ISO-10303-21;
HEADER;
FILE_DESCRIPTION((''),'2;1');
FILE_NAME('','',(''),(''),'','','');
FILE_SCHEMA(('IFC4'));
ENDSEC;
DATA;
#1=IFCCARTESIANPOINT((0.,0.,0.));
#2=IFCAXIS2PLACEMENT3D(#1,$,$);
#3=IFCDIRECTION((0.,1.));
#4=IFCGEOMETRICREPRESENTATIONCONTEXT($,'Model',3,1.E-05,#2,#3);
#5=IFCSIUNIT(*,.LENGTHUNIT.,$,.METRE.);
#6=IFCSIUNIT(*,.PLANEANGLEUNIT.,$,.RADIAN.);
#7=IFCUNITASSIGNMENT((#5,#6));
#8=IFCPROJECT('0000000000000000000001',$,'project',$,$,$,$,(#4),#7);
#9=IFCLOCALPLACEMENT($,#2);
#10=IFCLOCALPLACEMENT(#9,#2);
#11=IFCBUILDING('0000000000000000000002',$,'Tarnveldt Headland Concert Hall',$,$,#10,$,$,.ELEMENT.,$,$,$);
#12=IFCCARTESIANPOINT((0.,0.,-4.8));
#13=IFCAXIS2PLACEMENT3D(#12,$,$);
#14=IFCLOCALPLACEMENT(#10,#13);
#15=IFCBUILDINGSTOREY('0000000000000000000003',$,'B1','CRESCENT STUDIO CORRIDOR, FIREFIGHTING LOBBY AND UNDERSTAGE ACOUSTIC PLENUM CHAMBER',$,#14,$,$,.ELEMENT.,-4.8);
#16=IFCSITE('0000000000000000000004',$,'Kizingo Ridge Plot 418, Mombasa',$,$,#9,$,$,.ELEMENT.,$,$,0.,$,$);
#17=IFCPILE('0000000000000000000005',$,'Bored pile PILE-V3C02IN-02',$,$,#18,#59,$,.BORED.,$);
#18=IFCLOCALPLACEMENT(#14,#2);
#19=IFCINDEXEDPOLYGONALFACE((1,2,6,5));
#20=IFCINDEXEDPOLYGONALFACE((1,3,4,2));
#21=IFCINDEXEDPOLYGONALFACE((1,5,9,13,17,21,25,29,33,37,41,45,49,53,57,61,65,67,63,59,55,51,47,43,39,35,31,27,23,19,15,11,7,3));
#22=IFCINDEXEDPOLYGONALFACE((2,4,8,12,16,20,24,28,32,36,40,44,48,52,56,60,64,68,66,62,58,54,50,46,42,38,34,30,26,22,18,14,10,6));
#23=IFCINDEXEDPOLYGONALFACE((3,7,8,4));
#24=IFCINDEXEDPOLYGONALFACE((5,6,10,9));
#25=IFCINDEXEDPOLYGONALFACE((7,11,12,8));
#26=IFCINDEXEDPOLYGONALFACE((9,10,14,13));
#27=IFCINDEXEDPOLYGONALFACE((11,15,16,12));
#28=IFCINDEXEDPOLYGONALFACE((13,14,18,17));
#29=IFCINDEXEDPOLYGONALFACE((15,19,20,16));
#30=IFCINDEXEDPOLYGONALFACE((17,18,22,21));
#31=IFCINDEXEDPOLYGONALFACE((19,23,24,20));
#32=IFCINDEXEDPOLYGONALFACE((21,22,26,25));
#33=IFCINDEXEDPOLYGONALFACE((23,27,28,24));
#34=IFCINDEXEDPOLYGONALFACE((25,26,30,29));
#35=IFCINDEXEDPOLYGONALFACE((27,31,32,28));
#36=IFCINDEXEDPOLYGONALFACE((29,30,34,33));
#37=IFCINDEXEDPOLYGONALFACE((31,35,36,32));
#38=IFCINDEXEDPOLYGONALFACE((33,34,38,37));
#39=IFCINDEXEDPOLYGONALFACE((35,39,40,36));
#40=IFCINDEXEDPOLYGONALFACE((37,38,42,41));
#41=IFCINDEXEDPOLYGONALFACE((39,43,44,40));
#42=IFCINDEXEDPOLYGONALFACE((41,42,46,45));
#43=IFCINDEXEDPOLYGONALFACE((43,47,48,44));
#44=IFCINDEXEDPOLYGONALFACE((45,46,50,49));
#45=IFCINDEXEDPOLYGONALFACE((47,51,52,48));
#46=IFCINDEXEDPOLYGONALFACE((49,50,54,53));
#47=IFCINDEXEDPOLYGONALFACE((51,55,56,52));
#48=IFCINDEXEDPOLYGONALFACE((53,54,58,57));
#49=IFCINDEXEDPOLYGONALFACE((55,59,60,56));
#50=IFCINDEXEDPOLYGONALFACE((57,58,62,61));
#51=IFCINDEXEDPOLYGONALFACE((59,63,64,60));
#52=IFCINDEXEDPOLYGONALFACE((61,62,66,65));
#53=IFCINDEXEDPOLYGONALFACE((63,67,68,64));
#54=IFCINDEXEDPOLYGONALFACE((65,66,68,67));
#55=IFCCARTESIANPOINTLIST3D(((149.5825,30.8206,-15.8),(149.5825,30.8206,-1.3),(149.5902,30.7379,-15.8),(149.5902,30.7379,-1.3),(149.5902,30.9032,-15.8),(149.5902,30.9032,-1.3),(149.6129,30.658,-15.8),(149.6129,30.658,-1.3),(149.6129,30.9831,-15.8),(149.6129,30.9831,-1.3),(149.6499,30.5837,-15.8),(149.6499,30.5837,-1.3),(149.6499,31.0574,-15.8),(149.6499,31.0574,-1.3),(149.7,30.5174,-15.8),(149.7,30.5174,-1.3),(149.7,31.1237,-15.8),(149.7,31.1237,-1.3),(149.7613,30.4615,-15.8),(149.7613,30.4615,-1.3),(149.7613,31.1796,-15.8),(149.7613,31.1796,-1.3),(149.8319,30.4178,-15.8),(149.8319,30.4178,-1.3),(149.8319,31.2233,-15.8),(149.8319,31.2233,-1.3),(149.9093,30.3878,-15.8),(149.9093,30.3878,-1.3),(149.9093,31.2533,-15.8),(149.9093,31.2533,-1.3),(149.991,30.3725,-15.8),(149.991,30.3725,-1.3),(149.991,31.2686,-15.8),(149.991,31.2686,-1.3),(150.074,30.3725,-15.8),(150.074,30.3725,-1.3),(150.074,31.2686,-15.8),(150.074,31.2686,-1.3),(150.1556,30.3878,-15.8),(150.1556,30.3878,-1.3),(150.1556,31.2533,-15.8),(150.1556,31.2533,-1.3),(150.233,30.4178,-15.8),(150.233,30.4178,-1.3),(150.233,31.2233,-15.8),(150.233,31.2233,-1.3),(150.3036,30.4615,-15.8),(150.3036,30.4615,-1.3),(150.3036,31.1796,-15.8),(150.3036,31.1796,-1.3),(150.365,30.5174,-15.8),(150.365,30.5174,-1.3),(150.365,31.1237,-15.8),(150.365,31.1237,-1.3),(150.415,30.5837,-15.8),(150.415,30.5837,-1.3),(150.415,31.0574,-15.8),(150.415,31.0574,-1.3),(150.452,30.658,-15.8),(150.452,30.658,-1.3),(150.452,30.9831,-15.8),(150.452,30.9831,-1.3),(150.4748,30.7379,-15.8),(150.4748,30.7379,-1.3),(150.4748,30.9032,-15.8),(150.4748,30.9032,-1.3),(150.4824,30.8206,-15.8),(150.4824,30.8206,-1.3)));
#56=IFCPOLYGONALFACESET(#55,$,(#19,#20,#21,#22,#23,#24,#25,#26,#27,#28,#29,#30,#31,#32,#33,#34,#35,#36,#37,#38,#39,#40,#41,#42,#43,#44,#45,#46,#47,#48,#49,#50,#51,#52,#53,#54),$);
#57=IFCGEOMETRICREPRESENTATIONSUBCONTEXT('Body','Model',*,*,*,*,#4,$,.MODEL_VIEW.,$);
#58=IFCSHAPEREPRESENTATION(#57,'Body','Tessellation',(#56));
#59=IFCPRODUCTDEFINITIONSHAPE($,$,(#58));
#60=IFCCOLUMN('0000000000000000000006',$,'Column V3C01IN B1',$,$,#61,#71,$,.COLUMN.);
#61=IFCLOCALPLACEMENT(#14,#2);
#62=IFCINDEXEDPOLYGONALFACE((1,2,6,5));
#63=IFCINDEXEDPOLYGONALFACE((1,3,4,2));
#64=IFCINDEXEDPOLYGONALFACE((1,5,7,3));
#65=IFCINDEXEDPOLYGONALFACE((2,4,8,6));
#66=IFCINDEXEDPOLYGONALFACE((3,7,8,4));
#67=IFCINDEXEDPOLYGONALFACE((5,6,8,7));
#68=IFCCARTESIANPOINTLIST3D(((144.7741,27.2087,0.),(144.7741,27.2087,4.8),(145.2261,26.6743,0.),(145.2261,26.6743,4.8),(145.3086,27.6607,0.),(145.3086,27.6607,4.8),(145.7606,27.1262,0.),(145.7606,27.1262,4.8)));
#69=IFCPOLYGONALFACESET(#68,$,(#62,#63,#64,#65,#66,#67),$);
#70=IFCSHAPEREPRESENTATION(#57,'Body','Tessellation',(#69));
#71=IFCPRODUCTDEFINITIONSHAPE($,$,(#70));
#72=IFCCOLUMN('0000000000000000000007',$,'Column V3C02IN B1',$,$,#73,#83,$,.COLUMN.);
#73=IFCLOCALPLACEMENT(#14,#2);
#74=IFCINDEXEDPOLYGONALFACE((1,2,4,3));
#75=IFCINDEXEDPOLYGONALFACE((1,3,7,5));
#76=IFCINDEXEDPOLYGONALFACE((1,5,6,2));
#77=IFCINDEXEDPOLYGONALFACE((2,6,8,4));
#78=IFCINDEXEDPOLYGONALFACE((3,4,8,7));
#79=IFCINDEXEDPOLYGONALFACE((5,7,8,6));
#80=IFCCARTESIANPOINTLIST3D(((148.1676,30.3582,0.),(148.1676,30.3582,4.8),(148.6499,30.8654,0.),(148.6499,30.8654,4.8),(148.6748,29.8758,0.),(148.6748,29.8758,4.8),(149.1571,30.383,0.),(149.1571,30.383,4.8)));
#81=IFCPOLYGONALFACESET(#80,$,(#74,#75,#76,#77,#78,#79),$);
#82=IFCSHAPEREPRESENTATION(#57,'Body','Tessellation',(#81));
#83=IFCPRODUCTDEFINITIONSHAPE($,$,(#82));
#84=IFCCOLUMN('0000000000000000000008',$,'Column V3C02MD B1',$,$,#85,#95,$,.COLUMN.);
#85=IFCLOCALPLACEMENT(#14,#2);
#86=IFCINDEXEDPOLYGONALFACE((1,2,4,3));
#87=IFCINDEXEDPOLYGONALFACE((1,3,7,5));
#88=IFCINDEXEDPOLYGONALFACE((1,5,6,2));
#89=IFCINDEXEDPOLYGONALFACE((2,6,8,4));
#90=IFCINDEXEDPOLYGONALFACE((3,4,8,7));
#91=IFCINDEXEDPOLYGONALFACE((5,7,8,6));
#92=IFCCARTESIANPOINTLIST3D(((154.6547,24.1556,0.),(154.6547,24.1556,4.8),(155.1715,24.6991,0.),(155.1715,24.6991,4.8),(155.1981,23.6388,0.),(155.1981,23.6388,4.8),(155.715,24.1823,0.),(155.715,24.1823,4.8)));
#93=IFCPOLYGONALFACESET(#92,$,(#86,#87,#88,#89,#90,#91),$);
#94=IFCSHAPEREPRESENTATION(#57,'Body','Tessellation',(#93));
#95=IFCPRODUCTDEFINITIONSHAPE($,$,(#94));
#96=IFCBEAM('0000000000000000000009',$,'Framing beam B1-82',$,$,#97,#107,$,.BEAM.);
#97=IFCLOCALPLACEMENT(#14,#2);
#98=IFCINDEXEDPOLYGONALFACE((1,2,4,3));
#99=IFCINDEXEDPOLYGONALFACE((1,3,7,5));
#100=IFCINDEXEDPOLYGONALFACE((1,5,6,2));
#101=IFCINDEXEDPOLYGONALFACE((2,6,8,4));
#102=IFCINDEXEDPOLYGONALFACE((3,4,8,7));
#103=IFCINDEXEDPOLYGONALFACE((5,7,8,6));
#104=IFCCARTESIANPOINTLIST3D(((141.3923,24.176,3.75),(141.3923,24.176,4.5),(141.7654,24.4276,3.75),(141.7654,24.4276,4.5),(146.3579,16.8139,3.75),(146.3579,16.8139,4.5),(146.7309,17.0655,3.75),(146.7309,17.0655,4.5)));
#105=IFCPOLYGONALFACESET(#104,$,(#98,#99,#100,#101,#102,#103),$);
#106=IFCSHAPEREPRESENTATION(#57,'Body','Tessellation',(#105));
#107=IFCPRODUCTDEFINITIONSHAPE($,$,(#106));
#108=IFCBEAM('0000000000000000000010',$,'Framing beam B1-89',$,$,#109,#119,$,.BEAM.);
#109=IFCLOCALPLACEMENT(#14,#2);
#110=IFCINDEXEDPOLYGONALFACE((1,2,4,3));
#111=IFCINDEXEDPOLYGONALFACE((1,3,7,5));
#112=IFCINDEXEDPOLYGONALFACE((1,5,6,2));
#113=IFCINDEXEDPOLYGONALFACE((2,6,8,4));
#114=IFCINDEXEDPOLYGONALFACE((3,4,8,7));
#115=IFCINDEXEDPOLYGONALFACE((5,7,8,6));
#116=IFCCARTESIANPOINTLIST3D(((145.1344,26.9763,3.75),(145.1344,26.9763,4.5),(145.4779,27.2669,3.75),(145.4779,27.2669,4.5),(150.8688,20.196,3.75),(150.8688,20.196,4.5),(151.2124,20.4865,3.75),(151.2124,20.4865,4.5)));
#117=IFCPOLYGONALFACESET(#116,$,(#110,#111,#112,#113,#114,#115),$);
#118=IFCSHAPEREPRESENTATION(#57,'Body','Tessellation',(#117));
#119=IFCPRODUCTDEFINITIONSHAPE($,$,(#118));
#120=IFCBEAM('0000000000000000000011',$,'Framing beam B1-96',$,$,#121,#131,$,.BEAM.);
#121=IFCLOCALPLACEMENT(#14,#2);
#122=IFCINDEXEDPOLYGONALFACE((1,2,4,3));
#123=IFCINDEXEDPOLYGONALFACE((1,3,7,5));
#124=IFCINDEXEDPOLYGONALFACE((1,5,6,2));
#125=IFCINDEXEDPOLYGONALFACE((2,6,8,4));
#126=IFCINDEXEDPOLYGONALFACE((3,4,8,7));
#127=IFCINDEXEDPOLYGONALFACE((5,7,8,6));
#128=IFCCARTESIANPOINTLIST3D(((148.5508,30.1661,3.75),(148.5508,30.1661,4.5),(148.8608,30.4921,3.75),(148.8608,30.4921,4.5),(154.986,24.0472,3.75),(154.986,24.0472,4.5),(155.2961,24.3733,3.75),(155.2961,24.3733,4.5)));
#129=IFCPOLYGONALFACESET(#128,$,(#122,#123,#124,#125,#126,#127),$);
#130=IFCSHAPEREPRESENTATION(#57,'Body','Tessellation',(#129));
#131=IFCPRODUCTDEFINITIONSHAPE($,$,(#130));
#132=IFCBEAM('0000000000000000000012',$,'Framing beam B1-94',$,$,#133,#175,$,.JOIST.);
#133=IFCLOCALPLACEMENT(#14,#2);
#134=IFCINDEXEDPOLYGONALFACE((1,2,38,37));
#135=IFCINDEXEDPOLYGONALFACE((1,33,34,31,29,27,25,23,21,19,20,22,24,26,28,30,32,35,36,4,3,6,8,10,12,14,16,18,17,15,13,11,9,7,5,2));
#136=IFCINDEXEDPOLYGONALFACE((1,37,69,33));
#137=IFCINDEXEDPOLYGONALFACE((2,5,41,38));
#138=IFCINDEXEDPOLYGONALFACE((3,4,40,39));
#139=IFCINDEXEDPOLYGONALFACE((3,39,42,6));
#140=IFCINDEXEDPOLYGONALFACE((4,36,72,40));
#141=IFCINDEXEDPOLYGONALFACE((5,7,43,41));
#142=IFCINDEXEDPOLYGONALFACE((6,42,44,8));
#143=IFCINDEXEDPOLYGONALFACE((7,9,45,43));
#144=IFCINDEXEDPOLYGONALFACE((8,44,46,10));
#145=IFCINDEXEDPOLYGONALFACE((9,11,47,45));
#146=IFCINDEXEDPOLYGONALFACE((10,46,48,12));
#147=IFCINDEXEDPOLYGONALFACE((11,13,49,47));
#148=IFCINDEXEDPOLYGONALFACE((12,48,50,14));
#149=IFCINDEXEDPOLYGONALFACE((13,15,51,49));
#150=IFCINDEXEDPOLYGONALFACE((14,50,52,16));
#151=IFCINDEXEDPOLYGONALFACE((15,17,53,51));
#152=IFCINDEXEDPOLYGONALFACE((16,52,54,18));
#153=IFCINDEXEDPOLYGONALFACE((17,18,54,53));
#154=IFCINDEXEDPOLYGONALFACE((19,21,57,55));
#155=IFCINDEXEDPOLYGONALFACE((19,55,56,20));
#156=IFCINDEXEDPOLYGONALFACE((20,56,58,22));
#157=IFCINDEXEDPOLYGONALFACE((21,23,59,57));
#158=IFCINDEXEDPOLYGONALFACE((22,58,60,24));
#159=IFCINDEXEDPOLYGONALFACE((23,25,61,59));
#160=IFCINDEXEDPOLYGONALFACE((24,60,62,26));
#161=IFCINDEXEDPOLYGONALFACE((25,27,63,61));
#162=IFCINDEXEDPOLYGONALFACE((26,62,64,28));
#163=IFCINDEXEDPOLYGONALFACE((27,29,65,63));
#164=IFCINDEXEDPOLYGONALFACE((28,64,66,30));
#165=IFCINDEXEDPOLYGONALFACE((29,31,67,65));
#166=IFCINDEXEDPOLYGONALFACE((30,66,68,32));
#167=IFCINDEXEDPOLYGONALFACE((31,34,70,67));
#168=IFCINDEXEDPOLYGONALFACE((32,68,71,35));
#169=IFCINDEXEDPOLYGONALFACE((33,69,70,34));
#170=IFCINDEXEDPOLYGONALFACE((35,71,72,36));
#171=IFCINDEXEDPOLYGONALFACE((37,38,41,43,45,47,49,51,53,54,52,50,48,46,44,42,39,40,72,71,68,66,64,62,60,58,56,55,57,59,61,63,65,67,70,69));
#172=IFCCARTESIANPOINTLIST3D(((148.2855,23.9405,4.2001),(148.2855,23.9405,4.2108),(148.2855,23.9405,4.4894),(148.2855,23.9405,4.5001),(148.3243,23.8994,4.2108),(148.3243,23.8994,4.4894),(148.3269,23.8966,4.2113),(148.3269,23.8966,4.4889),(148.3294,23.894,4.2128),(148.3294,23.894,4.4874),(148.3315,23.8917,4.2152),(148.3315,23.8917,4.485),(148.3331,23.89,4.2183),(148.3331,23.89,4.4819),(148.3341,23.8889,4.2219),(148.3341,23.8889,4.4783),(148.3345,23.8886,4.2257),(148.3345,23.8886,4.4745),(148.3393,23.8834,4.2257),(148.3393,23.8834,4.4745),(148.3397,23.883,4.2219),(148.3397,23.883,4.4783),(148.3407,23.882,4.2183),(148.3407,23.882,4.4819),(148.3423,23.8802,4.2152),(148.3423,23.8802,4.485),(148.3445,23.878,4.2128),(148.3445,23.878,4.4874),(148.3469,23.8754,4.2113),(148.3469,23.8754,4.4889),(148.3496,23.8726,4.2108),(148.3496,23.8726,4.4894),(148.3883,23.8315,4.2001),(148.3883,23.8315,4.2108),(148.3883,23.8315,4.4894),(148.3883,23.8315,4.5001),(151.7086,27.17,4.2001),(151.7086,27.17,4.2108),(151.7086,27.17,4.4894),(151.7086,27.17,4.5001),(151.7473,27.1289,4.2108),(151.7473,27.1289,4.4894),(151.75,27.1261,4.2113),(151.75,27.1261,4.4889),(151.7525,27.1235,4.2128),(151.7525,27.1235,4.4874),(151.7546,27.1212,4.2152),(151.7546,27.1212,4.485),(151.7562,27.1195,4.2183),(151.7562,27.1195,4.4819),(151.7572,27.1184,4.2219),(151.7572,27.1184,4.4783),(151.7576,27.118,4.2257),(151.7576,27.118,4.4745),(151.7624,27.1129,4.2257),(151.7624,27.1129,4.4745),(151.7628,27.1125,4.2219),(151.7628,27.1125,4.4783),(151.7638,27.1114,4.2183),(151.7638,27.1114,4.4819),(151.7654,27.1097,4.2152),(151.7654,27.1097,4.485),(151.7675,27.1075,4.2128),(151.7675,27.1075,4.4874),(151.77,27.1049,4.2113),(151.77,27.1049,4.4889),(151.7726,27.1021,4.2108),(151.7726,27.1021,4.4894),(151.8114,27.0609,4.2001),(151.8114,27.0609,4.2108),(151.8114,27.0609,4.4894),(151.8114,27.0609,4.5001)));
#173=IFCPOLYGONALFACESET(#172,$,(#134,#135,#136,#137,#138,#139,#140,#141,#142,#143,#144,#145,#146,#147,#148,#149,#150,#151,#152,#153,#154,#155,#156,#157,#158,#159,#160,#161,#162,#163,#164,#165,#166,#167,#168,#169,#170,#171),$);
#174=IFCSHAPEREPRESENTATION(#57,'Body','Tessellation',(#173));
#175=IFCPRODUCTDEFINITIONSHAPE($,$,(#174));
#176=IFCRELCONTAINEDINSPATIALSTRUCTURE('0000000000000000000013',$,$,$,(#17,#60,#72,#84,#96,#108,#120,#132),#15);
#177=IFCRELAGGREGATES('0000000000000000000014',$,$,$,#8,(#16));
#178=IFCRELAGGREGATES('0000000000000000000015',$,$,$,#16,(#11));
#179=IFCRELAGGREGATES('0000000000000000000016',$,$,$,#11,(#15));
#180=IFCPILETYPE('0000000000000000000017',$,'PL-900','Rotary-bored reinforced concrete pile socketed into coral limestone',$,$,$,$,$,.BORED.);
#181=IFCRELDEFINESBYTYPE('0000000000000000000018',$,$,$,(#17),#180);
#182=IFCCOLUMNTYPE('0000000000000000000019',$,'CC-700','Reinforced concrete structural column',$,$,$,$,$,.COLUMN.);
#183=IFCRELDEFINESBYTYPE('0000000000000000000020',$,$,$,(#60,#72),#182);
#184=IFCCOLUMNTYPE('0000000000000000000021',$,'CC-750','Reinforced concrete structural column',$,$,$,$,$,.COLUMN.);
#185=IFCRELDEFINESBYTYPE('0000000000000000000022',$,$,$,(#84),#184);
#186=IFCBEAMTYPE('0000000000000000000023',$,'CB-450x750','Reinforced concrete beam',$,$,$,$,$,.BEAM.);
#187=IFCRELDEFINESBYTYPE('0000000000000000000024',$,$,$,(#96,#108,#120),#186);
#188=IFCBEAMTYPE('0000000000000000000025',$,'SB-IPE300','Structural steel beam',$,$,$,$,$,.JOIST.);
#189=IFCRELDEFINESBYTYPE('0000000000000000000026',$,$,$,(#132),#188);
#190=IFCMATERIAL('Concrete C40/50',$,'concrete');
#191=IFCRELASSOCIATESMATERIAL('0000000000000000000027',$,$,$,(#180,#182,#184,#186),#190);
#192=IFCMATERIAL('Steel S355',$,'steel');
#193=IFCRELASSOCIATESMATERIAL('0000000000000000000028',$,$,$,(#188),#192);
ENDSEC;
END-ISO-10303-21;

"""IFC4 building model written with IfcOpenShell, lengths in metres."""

from ifc_helpers import new_model, si_unit, direction, frame, origin, origin_2d, place, context, subcontext, project, spatial, rectangle, circle, i_section, extrude, material, material_profile, profile_set, type_object, element, save


model = new_model("IFC4")

# Units and contexts
model_context = context("Model", 3, precision=1e-05, world=origin(), true_north=direction((0.0, 1.0)))
body_context = subcontext(model_context, "Body", "Model", "MODEL_VIEW")
ifc_project = project(units=[si_unit("LENGTHUNIT", "METRE"), si_unit("PLANEANGLEUNIT", "RADIAN")], contexts=[model_context])

# Site, building, storey
site_placement = place(None, origin())
site = spatial("IfcSite", under=ifc_project, at=site_placement, Name="Kizingo Ridge Plot 418, Mombasa", CompositionType="ELEMENT", RefElevation=0.0)
building_placement = place(site_placement, origin())
building = spatial("IfcBuilding", under=site, at=building_placement, Name="Tarnveldt Headland Concert Hall", CompositionType="ELEMENT")
storey_placement = place(building_placement, frame((0.0, 0.0, -4.8)))
storey = spatial("IfcBuildingStorey", under=building, at=storey_placement, Name="B1", Description="CRESCENT STUDIO CORRIDOR, FIREFIGHTING LOBBY AND UNDERSTAGE ACOUSTIC PLENUM CHAMBER", CompositionType="ELEMENT", Elevation=-4.8)

# Shared definitions
ifc_material_1 = material(Name="Concrete C40/50", Category="concrete")

# Pile
ifc_material_profile_1 = material_profile(ifc_material_1, circle(Radius=0.45, at=origin_2d()), Name="BORED PILE D900", Category="concrete")
ifc_profile_set_1 = profile_set([ifc_material_profile_1], Name="Concrete C40/50")
pile_type = type_object("IfcPileType", Name="PL-900", Description="Rotary-bored reinforced concrete pile socketed into coral limestone", PredefinedType="BORED", material=ifc_profile_set_1)
for number, where, z_axis, x_axis, name in (
    (1, (150.0325, 30.8206, -1.3), (0.0, 0.0, -1.0), (1.0, 0.0, 0.0), "Bored pile PILE-V3C02IN-02"),
):
    element("IfcPile", number, at=place(storey_placement, frame(where, z_axis=z_axis, x_axis=x_axis)), inside=storey, type_object=pile_type, Name=name, PredefinedType="BORED", context=body_context, shape_type="SweptSolid", body=[
        extrude(circle(Radius=0.45, at=origin_2d()), origin(), (0.0, 0.0, 1.0), 14.5),
    ])

# Columns
ifc_material_profile_2 = material_profile(ifc_material_1, rectangle(XDim=0.7, YDim=0.7, at=origin_2d()), Name="RC 700x700", Category="concrete")
ifc_profile_set_2 = profile_set([ifc_material_profile_2], Name="Concrete C40/50")
column_type_1 = type_object("IfcColumnType", Name="CC-700", Description="Reinforced concrete structural column", PredefinedType="COLUMN", material=ifc_profile_set_2)
for number, where, z_axis, x_axis, name in (
    (2, (145.2673, 27.1675, 0.0), (0.0, 0.0, 1.0), (0.645724, -0.763571, 0.0), "Column V3C01IN B1"),
    (3, (148.6624, 30.3706, 0.0), (0.0, 0.0, 1.0), (0.724653, -0.689114, 0.0), "Column V3C02IN B1"),
):
    element("IfcColumn", number, at=place(storey_placement, frame(where, z_axis=z_axis, x_axis=x_axis)), inside=storey, type_object=column_type_1, Name=name, PredefinedType="COLUMN", context=body_context, shape_type="SweptSolid", body=[
        extrude(rectangle(XDim=0.7, YDim=0.7, at=origin_2d()), origin(), (0.0, 0.0, 1.0), 4.8),
    ])
ifc_material_profile_3 = material_profile(ifc_material_1, rectangle(XDim=0.75, YDim=0.75, at=origin_2d()), Name="RC 750x750", Category="concrete")
ifc_profile_set_3 = profile_set([ifc_material_profile_3], Name="Concrete C40/50")
column_type_2 = type_object("IfcColumnType", Name="CC-750", Description="Reinforced concrete structural column", PredefinedType="COLUMN", material=ifc_profile_set_3)
column_placement = place(storey_placement, frame((155.1848, 24.1689, 0.0), z_axis=(0.0, 0.0, 1.0), x_axis=(0.724653, -0.689114, 0.0)))
element("IfcColumn", 4, at=column_placement, inside=storey, type_object=column_type_2, Name="Column V3C02MD B1", PredefinedType="COLUMN", context=body_context, shape_type="SweptSolid", body=[
    extrude(rectangle(XDim=0.75, YDim=0.75, at=origin_2d()), origin(), (0.0, 0.0, 1.0), 4.8),
])

# Beams
ifc_material_profile_4 = material_profile(ifc_material_1, rectangle(XDim=0.45, YDim=0.75, at=origin_2d()), Name="RC 450x750", Category="concrete")
ifc_profile_set_4 = profile_set([ifc_material_profile_4], Name="Concrete C40/50")
beam_type_1 = type_object("IfcBeamType", Name="CB-450x750", Description="Reinforced concrete beam", PredefinedType="BEAM", material=ifc_profile_set_4)
for number, where, z_axis, x_axis, name in (
    (5, (141.5789, 24.3018, 4.125), (0.559178, -0.829048, 0.0), (0.829048, 0.559178, 0.0), "Framing beam B1-82"),
    (6, (145.3062, 27.1216, 4.125), (0.64576, -0.763541, 0.0), (0.763541, 0.64576, 0.0), "Framing beam B1-89"),
):
    element("IfcBeam", number, at=place(storey_placement, frame(where, z_axis=z_axis, x_axis=x_axis)), inside=storey, type_object=beam_type_1, Name=name, PredefinedType="BEAM", context=body_context, shape_type="SweptSolid", body=[
        extrude(rectangle(XDim=0.45, YDim=0.75, at=origin_2d()), origin(), (0.0, 0.0, 1.0), 8.8801),
    ])
beam_1_placement = place(storey_placement, frame((148.7058, 30.3291, 4.125), z_axis=(0.724698, -0.689067, 0.0), x_axis=(0.689067, 0.724698, 0.0)))
element("IfcBeam", 7, at=beam_1_placement, inside=storey, type_object=beam_type_1, Name="Framing beam B1-96", PredefinedType="BEAM", context=body_context, shape_type="SweptSolid", body=[
    extrude(rectangle(XDim=0.45, YDim=0.75, at=origin_2d()), origin(), (0.0, 0.0, 1.0), 8.8799),
])
ifc_material_2 = material(Name="Steel S355", Category="steel")
ifc_material_profile_5 = material_profile(ifc_material_2, i_section(OverallWidth=0.1499, OverallDepth=0.3, WebThickness=0.0071, FlangeThickness=0.0107, FilletRadius=0.0149, at=origin_2d()), Name="IPE300", Category="steel")
ifc_profile_set_5 = profile_set([ifc_material_profile_5], Name="Steel S355")
beam_type_2 = type_object("IfcBeamType", Name="SB-IPE300", Description="Structural steel beam", PredefinedType="JOIST", material=ifc_profile_set_5)
for number, where, z_axis, x_axis, name in (
    (8, (148.3369, 23.886, 4.3501), (0.727377, 0.686238, 0.0), (-0.686238, 0.727377, 0.0), "Framing beam B1-94"),
):
    element("IfcBeam", number, at=place(storey_placement, frame(where, z_axis=z_axis, x_axis=x_axis)), inside=storey, type_object=beam_type_2, Name=name, PredefinedType="JOIST", context=body_context, shape_type="SweptSolid", body=[
        extrude(i_section(OverallWidth=0.1499, OverallDepth=0.3, WebThickness=0.0071, FlangeThickness=0.0107, FilletRadius=0.0149, at=origin_2d()), origin(), (0.0, 0.0, 1.0), 4.7061),
    ])

save(model, "model.ifc")
